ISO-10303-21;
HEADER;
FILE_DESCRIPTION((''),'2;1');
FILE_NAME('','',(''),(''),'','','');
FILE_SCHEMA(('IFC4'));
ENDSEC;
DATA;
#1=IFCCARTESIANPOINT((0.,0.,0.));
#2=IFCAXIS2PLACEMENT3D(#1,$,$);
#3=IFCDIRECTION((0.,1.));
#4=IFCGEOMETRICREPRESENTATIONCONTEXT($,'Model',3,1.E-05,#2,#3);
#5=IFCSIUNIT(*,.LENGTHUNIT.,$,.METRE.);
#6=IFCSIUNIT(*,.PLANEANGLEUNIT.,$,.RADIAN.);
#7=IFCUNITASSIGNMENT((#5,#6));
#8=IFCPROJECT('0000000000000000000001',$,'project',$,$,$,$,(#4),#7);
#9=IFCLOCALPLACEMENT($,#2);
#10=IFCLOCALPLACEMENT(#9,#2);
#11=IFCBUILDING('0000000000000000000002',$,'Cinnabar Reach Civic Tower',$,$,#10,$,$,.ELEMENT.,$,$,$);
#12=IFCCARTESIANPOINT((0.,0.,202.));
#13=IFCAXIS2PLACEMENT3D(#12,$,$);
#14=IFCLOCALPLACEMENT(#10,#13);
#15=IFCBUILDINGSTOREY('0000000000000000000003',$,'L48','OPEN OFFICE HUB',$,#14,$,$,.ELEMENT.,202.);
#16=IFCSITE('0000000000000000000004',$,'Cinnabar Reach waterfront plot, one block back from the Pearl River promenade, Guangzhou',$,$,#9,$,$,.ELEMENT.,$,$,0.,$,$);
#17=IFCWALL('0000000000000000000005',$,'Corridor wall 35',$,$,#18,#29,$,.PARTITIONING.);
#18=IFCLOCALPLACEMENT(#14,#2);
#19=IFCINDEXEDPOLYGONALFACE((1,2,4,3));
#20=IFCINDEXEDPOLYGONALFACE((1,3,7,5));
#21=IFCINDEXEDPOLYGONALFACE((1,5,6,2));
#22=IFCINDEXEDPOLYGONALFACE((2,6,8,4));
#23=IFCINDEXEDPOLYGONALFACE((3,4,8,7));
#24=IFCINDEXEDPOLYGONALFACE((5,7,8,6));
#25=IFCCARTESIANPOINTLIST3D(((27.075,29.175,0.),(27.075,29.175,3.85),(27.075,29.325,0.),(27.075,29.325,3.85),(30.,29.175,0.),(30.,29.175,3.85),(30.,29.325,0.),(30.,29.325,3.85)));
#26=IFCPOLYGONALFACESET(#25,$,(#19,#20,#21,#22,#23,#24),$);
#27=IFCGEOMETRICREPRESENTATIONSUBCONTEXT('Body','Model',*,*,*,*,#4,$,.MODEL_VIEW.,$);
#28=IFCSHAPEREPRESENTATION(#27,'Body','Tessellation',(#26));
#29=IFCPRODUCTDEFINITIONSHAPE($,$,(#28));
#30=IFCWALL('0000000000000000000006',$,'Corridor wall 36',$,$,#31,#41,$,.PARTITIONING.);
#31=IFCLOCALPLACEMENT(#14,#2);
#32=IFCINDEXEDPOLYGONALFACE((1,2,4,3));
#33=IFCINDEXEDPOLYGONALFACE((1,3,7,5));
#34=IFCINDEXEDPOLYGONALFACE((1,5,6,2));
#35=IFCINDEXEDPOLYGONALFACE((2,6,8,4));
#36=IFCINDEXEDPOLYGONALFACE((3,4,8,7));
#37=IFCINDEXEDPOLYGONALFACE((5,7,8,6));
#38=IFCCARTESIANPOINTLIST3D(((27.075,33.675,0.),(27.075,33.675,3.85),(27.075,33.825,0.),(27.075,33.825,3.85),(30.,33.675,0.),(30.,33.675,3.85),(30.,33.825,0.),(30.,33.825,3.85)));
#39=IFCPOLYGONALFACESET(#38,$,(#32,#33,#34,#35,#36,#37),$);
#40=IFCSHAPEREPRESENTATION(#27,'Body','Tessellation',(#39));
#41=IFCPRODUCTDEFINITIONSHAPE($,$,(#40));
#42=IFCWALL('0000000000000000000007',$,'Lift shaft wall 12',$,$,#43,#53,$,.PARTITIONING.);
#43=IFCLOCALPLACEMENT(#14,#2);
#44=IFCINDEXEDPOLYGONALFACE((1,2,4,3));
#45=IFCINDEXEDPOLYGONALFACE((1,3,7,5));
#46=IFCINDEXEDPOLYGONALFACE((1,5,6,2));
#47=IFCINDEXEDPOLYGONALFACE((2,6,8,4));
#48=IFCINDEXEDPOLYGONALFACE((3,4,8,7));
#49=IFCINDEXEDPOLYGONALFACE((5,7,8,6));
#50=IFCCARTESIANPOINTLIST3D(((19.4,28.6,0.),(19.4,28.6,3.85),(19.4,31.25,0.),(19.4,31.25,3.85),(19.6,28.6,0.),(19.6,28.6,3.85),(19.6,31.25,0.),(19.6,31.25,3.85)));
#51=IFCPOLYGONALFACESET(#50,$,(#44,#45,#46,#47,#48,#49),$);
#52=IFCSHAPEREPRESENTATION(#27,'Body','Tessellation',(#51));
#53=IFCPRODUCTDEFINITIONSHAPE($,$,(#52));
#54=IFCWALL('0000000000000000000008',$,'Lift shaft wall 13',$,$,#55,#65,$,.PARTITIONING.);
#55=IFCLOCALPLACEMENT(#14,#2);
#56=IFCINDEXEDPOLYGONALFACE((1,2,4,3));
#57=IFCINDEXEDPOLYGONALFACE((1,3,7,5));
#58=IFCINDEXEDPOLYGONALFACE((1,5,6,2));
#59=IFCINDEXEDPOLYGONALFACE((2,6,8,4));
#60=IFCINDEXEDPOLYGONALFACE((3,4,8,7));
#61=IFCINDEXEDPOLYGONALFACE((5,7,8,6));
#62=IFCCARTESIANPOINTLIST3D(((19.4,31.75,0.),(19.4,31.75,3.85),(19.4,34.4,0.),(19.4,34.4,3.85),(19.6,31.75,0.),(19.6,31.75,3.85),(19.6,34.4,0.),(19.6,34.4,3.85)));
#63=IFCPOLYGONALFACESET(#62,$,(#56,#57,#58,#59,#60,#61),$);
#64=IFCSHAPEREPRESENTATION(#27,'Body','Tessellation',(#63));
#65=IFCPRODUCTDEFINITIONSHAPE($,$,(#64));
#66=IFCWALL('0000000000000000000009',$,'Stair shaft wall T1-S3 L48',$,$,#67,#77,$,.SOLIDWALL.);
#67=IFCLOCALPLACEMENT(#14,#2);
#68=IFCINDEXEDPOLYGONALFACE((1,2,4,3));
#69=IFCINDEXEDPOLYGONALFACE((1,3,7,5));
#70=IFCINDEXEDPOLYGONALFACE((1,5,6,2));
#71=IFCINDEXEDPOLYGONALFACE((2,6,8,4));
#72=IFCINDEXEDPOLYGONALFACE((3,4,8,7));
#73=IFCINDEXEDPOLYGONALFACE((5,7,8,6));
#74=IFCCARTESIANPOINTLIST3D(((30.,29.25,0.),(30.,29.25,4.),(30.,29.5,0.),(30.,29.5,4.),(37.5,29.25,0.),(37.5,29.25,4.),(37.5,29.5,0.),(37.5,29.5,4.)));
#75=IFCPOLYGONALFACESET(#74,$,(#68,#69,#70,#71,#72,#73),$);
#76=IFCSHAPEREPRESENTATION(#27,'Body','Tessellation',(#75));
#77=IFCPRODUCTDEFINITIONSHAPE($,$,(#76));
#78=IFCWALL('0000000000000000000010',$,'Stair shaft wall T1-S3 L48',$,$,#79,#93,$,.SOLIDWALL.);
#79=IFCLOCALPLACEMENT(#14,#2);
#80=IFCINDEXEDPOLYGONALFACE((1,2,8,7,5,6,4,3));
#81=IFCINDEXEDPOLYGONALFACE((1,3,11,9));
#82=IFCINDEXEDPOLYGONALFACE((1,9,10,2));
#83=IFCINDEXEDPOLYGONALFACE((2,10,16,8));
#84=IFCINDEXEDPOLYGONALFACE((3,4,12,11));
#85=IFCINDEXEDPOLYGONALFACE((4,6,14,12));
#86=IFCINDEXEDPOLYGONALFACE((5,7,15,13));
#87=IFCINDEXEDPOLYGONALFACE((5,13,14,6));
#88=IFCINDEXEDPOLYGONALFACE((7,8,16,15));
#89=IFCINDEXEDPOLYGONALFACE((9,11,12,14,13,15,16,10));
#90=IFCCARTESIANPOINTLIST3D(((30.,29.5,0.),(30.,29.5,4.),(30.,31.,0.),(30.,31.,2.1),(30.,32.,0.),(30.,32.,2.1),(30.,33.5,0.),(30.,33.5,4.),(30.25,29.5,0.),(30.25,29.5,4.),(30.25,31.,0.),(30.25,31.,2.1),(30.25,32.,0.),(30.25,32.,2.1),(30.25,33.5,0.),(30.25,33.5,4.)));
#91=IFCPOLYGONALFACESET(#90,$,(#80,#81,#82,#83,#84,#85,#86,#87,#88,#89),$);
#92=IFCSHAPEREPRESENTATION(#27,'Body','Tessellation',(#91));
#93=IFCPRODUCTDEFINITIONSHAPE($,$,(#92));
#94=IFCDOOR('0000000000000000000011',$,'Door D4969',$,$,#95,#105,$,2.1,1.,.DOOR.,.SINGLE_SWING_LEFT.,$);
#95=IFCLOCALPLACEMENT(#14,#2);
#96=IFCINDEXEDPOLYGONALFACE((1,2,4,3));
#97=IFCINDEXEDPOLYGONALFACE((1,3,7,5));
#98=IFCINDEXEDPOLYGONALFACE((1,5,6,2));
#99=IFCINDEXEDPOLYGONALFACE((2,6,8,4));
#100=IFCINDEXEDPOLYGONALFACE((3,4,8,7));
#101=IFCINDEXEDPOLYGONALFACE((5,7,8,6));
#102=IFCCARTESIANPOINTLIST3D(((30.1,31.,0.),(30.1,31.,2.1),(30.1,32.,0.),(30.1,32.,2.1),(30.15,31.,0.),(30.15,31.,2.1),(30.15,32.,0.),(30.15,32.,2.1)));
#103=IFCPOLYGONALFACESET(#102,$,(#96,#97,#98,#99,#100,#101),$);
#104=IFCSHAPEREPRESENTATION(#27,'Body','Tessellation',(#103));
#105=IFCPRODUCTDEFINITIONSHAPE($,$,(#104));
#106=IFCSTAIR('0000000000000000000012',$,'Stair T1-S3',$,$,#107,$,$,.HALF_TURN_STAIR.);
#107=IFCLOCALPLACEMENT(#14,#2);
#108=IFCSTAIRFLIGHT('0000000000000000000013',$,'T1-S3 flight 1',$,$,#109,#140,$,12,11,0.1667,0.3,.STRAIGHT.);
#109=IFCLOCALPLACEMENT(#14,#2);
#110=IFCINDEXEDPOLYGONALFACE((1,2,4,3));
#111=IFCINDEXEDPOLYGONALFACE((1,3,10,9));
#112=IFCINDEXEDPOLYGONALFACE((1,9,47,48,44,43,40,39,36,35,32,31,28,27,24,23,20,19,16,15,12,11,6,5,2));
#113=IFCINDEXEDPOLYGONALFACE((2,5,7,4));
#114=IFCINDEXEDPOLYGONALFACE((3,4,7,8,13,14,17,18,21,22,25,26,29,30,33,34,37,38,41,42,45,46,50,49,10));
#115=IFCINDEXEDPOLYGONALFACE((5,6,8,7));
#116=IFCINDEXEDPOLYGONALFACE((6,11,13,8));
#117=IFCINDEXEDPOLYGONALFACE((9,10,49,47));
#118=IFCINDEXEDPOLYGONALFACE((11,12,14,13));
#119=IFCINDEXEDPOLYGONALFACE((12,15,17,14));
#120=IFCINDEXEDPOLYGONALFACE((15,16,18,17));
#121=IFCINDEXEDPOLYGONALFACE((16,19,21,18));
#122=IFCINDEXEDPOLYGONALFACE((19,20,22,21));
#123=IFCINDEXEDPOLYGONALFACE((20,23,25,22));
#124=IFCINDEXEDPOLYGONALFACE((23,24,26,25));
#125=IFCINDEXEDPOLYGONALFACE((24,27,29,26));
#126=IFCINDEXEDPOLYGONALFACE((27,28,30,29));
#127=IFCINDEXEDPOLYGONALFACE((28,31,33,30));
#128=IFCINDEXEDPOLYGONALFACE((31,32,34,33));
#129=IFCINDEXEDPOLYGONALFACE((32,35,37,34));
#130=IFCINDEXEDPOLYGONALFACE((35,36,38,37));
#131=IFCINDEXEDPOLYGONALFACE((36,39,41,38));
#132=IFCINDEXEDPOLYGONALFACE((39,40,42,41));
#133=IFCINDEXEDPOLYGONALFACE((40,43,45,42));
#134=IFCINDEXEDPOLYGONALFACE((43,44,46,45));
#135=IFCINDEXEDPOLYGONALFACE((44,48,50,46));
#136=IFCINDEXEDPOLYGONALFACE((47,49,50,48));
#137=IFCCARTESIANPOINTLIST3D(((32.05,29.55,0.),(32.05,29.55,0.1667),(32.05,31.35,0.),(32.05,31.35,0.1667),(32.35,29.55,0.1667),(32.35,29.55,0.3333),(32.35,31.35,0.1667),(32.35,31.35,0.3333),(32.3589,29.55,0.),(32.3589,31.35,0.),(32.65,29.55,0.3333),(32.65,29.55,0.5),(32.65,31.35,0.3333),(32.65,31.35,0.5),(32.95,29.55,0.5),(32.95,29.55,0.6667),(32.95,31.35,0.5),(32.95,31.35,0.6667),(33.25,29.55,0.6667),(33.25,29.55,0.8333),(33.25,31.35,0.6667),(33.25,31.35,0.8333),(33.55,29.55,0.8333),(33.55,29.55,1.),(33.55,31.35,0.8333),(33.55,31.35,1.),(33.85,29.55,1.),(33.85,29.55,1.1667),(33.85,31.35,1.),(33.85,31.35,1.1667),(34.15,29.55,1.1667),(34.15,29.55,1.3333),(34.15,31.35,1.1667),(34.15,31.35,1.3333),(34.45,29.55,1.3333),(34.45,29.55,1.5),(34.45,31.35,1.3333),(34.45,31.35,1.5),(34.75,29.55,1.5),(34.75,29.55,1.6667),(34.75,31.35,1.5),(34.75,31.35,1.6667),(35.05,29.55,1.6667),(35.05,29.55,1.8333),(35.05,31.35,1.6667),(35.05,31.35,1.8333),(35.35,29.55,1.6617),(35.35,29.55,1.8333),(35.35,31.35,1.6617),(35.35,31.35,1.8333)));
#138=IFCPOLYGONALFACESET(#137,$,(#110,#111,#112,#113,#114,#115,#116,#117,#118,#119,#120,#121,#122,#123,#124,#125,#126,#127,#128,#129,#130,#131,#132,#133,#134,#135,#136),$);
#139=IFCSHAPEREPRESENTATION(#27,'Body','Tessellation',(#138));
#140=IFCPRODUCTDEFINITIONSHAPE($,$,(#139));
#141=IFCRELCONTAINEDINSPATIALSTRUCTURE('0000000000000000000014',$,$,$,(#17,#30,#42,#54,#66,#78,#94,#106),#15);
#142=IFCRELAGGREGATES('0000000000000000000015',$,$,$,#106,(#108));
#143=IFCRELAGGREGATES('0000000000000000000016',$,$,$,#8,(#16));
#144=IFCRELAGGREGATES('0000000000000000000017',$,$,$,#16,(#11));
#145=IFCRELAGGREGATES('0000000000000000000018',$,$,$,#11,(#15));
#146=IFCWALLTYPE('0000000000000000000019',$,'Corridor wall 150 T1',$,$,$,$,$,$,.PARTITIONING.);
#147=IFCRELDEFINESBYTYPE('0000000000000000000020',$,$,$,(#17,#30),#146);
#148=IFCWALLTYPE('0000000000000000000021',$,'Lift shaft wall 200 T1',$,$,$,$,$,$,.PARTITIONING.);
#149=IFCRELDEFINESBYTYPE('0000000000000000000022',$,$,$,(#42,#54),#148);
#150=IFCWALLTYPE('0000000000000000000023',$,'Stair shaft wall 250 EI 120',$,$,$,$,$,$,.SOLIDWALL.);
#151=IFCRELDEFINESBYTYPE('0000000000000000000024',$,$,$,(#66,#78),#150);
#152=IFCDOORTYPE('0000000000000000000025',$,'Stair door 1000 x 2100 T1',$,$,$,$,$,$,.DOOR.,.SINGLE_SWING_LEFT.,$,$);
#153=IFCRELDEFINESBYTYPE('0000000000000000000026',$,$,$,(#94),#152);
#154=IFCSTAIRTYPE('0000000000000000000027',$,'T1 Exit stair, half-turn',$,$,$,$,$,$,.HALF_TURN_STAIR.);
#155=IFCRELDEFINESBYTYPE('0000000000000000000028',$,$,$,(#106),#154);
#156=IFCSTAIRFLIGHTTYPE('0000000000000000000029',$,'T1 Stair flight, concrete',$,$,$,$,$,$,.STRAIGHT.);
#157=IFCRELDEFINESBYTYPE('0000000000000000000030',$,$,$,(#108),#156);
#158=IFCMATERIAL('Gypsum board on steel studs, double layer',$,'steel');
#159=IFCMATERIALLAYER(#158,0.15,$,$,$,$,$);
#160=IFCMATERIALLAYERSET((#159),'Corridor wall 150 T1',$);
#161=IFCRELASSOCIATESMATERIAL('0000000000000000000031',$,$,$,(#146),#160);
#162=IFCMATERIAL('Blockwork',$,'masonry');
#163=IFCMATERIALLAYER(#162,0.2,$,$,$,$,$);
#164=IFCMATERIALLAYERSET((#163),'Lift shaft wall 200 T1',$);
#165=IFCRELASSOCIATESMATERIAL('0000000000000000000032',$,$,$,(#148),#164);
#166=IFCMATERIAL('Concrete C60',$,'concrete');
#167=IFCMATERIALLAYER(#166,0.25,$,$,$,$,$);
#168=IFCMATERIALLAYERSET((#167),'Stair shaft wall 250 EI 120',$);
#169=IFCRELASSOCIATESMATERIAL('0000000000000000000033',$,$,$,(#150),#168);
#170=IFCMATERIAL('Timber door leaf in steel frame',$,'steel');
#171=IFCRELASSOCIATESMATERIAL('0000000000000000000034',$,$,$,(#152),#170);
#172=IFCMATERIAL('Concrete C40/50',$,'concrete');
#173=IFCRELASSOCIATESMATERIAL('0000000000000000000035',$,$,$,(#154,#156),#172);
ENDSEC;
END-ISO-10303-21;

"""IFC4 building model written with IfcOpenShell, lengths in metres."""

from ifc_helpers import new_model, si_unit, direction, frame, frame_2d, origin, place, context, subcontext, project, spatial, polyline, rectangle, outline, extrude, material, layer, layer_set, type_object, element, fill, aggregate, save


model = new_model("IFC4")

# Units and contexts
model_context = context("Model", 3, precision=1e-05, world=origin(), true_north=direction((0.0, 1.0)))
body_context = subcontext(model_context, "Body", "Model", "MODEL_VIEW")
ifc_project = project(units=[si_unit("LENGTHUNIT", "METRE"), si_unit("PLANEANGLEUNIT", "RADIAN")], contexts=[model_context])

# Site, building, storey
site_placement = place(None, origin())
site = spatial("IfcSite", under=ifc_project, at=site_placement, Name="Cinnabar Reach waterfront plot, one block back from the Pearl River promenade, Guangzhou", CompositionType="ELEMENT", RefElevation=0.0)
building_placement = place(site_placement, origin())
building = spatial("IfcBuilding", under=site, at=building_placement, Name="Cinnabar Reach Civic Tower", CompositionType="ELEMENT")
storey_placement = place(building_placement, frame((0.0, 0.0, 202.0)))
storey = spatial("IfcBuildingStorey", under=building, at=storey_placement, Name="L48", Description="OPEN OFFICE HUB", CompositionType="ELEMENT", Elevation=202.0)

# Shared definitions
ifc_material_1 = material(Name="Concrete C60", Category="concrete")

# Shared definitions
ifc_material_2 = material(Name="Timber door leaf in steel frame", Category="steel")

# Walls
ifc_material_3 = material(Name="Gypsum board on steel studs, double layer", Category="steel")
ifc_layer_1 = layer(ifc_material_3, 0.15)
ifc_layer_set_1 = layer_set([ifc_layer_1], Name="Corridor wall 150 T1")
wall_type_1 = type_object("IfcWallType", Name="Corridor wall 150 T1", PredefinedType="PARTITIONING", material=ifc_layer_set_1)
for number, where, z_axis, x_axis, name in (
    (1, (27.075, 29.25, 0.0), (0.0, 0.0, 1.0), (1.0, 0.0, 0.0), "Corridor wall 35"),
    (2, (27.075, 33.75, 0.0), (0.0, 0.0, 1.0), (1.0, 0.0, 0.0), "Corridor wall 36"),
):
    element("IfcWall", number, at=place(storey_placement, frame(where, z_axis=z_axis, x_axis=x_axis)), inside=storey, type_object=wall_type_1, Name=name, PredefinedType="PARTITIONING", context=body_context, shape_type="SweptSolid", body=[
        extrude(rectangle(XDim=2.925, YDim=0.15, at=frame_2d((1.4625, 0.0))), origin(), (0.0, 0.0, 1.0), 3.85),
    ])
ifc_material_4 = material(Name="Blockwork", Category="masonry")
ifc_layer_2 = layer(ifc_material_4, 0.2)
ifc_layer_set_2 = layer_set([ifc_layer_2], Name="Lift shaft wall 200 T1")
wall_type_2 = type_object("IfcWallType", Name="Lift shaft wall 200 T1", PredefinedType="PARTITIONING", material=ifc_layer_set_2)
for number, where, z_axis, x_axis, name in (
    (3, (19.5, 28.6, 0.0), (0.0, 0.0, 1.0), (0.0, 1.0, 0.0), "Lift shaft wall 12"),
    (4, (19.5, 31.75, 0.0), (0.0, 0.0, 1.0), (0.0, 1.0, 0.0), "Lift shaft wall 13"),
):
    element("IfcWall", number, at=place(storey_placement, frame(where, z_axis=z_axis, x_axis=x_axis)), inside=storey, type_object=wall_type_2, Name=name, PredefinedType="PARTITIONING", context=body_context, shape_type="SweptSolid", body=[
        extrude(rectangle(XDim=2.65, YDim=0.2, at=frame_2d((1.325, 0.0))), origin(), (0.0, 0.0, 1.0), 3.85),
    ])
ifc_layer_3 = layer(ifc_material_1, 0.25)
ifc_layer_set_3 = layer_set([ifc_layer_3], Name="Stair shaft wall 250 EI 120")
wall_type_3 = type_object("IfcWallType", Name="Stair shaft wall 250 EI 120", PredefinedType="SOLIDWALL", material=ifc_layer_set_3)
wall_1_placement = place(storey_placement, frame((30.0, 29.375, 0.0), z_axis=(0.0, 0.0, 1.0), x_axis=(1.0, 0.0, 0.0)))
element("IfcWall", 5, at=wall_1_placement, inside=storey, type_object=wall_type_3, Name="Stair shaft wall T1-S3 L48", PredefinedType="SOLIDWALL", context=body_context, shape_type="SweptSolid", body=[
    extrude(rectangle(XDim=7.5, YDim=0.25, at=frame_2d((3.75, 0.0))), origin(), (0.0, 0.0, 1.0), 4.0),
])

# Wall, opening, door
wall_2_placement = place(storey_placement, frame((30.125, 33.5, 0.0), z_axis=(0.0, 0.0, 1.0), x_axis=(0.0, -1.0, 0.0)))
wall_2 = element("IfcWall", 6, at=wall_2_placement, inside=storey, type_object=wall_type_3, Name="Stair shaft wall T1-S3 L48", PredefinedType="SOLIDWALL", context=body_context, shape_type="SweptSolid", body=[
    extrude(rectangle(XDim=4.0, YDim=0.25, at=frame_2d((2.0, 0.0))), origin(), (0.0, 0.0, 1.0), 4.0),
])
opening_1_placement = place(wall_2_placement, frame((1.5, 0.0, 0.0)))
opening_1 = element("IfcOpeningElement", 7, at=opening_1_placement, cuts=wall_2, PredefinedType="OPENING", context=body_context, shape_type="SweptSolid", body=[
    extrude(rectangle(XDim=1.0, YDim=2.1, at=frame_2d((0.5, 1.05))), frame((0.0, 0.135, 0.0), z_axis=(0.0, -1.0, 0.0), x_axis=(1.0, 0.0, 0.0)), (0.0, 0.0, 1.0), 0.27),
])
door_type_1 = type_object("IfcDoorType", Name="Stair door 1000 x 2100 T1", OperationType="SINGLE_SWING_LEFT", PredefinedType="DOOR", material=ifc_material_2)
door_1_placement = place(opening_1_placement, origin())
door_1 = element("IfcDoor", 8, at=door_1_placement, inside=storey, type_object=door_type_1, Name="Door D4969", OperationType="SINGLE_SWING_LEFT", OverallHeight=2.1, OverallWidth=1.0, PredefinedType="DOOR", context=body_context, shape_type="SweptSolid", body=[
    extrude(rectangle(XDim=1.0, YDim=2.1, at=frame_2d((0.5, 1.05))), frame((0.0, 0.025, 0.0), z_axis=(0.0, -1.0, 0.0), x_axis=(1.0, 0.0, 0.0)), (0.0, 0.0, 1.0), 0.05),
])
fill(opening_1, door_1)

# Stair, stair flight
ifc_material_5 = material(Name="Concrete C40/50", Category="concrete")
stair_type = type_object("IfcStairType", Name="T1 Exit stair, half-turn", PredefinedType="HALF_TURN_STAIR", material=ifc_material_5)
stair_placement = place(storey_placement, origin())
stair = element("IfcStair", 9, at=stair_placement, inside=storey, type_object=stair_type, Name="Stair T1-S3", PredefinedType="HALF_TURN_STAIR")
stair_flight_type = type_object("IfcStairFlightType", Name="T1 Stair flight, concrete", PredefinedType="STRAIGHT", material=ifc_material_5)
stair_flight_placement = place(storey_placement, frame((32.05, 30.45, 0.0), z_axis=(0.0, 0.0, 1.0), x_axis=(1.0, 0.0, 0.0)))
stair_flight = element("IfcStairFlight", 10, at=stair_flight_placement, type_object=stair_flight_type, Name="T1-S3 flight 1", NumberOfRisers=12, NumberOfTreads=11, PredefinedType="STRAIGHT", RiserHeight=0.1667, TreadLength=0.3, context=body_context, shape_type="SweptSolid", body=[
    extrude(outline(polyline([(0.0, 0.0), (0.0, 0.1667), (0.3, 0.1667), (0.3, 0.3333), (0.6, 0.3333), (0.6, 0.5), (0.9, 0.5), (0.9, 0.6667), (1.2, 0.6667), (1.2, 0.8333), (1.5, 0.8333), (1.5, 1.0), (1.8, 1.0), (1.8, 1.1667), (2.1, 1.1667), (2.1, 1.3333), (2.4, 1.3333), (2.4, 1.5), (2.7, 1.5), (2.7, 1.6667), (3.0, 1.6667), (3.0, 1.8333), (3.3, 1.8333), (3.3, 2.0), (3.3, 1.6617), (0.3089, 0.0), (0.0, 0.0)])), frame((0.0, 0.9, 0.0), z_axis=(0.0, -1.0, 0.0), x_axis=(1.0, 0.0, 0.0)), (0.0, 0.0, 1.0), 1.8),
])
aggregate(stair, [stair_flight])

save(model, "model.ifc")
